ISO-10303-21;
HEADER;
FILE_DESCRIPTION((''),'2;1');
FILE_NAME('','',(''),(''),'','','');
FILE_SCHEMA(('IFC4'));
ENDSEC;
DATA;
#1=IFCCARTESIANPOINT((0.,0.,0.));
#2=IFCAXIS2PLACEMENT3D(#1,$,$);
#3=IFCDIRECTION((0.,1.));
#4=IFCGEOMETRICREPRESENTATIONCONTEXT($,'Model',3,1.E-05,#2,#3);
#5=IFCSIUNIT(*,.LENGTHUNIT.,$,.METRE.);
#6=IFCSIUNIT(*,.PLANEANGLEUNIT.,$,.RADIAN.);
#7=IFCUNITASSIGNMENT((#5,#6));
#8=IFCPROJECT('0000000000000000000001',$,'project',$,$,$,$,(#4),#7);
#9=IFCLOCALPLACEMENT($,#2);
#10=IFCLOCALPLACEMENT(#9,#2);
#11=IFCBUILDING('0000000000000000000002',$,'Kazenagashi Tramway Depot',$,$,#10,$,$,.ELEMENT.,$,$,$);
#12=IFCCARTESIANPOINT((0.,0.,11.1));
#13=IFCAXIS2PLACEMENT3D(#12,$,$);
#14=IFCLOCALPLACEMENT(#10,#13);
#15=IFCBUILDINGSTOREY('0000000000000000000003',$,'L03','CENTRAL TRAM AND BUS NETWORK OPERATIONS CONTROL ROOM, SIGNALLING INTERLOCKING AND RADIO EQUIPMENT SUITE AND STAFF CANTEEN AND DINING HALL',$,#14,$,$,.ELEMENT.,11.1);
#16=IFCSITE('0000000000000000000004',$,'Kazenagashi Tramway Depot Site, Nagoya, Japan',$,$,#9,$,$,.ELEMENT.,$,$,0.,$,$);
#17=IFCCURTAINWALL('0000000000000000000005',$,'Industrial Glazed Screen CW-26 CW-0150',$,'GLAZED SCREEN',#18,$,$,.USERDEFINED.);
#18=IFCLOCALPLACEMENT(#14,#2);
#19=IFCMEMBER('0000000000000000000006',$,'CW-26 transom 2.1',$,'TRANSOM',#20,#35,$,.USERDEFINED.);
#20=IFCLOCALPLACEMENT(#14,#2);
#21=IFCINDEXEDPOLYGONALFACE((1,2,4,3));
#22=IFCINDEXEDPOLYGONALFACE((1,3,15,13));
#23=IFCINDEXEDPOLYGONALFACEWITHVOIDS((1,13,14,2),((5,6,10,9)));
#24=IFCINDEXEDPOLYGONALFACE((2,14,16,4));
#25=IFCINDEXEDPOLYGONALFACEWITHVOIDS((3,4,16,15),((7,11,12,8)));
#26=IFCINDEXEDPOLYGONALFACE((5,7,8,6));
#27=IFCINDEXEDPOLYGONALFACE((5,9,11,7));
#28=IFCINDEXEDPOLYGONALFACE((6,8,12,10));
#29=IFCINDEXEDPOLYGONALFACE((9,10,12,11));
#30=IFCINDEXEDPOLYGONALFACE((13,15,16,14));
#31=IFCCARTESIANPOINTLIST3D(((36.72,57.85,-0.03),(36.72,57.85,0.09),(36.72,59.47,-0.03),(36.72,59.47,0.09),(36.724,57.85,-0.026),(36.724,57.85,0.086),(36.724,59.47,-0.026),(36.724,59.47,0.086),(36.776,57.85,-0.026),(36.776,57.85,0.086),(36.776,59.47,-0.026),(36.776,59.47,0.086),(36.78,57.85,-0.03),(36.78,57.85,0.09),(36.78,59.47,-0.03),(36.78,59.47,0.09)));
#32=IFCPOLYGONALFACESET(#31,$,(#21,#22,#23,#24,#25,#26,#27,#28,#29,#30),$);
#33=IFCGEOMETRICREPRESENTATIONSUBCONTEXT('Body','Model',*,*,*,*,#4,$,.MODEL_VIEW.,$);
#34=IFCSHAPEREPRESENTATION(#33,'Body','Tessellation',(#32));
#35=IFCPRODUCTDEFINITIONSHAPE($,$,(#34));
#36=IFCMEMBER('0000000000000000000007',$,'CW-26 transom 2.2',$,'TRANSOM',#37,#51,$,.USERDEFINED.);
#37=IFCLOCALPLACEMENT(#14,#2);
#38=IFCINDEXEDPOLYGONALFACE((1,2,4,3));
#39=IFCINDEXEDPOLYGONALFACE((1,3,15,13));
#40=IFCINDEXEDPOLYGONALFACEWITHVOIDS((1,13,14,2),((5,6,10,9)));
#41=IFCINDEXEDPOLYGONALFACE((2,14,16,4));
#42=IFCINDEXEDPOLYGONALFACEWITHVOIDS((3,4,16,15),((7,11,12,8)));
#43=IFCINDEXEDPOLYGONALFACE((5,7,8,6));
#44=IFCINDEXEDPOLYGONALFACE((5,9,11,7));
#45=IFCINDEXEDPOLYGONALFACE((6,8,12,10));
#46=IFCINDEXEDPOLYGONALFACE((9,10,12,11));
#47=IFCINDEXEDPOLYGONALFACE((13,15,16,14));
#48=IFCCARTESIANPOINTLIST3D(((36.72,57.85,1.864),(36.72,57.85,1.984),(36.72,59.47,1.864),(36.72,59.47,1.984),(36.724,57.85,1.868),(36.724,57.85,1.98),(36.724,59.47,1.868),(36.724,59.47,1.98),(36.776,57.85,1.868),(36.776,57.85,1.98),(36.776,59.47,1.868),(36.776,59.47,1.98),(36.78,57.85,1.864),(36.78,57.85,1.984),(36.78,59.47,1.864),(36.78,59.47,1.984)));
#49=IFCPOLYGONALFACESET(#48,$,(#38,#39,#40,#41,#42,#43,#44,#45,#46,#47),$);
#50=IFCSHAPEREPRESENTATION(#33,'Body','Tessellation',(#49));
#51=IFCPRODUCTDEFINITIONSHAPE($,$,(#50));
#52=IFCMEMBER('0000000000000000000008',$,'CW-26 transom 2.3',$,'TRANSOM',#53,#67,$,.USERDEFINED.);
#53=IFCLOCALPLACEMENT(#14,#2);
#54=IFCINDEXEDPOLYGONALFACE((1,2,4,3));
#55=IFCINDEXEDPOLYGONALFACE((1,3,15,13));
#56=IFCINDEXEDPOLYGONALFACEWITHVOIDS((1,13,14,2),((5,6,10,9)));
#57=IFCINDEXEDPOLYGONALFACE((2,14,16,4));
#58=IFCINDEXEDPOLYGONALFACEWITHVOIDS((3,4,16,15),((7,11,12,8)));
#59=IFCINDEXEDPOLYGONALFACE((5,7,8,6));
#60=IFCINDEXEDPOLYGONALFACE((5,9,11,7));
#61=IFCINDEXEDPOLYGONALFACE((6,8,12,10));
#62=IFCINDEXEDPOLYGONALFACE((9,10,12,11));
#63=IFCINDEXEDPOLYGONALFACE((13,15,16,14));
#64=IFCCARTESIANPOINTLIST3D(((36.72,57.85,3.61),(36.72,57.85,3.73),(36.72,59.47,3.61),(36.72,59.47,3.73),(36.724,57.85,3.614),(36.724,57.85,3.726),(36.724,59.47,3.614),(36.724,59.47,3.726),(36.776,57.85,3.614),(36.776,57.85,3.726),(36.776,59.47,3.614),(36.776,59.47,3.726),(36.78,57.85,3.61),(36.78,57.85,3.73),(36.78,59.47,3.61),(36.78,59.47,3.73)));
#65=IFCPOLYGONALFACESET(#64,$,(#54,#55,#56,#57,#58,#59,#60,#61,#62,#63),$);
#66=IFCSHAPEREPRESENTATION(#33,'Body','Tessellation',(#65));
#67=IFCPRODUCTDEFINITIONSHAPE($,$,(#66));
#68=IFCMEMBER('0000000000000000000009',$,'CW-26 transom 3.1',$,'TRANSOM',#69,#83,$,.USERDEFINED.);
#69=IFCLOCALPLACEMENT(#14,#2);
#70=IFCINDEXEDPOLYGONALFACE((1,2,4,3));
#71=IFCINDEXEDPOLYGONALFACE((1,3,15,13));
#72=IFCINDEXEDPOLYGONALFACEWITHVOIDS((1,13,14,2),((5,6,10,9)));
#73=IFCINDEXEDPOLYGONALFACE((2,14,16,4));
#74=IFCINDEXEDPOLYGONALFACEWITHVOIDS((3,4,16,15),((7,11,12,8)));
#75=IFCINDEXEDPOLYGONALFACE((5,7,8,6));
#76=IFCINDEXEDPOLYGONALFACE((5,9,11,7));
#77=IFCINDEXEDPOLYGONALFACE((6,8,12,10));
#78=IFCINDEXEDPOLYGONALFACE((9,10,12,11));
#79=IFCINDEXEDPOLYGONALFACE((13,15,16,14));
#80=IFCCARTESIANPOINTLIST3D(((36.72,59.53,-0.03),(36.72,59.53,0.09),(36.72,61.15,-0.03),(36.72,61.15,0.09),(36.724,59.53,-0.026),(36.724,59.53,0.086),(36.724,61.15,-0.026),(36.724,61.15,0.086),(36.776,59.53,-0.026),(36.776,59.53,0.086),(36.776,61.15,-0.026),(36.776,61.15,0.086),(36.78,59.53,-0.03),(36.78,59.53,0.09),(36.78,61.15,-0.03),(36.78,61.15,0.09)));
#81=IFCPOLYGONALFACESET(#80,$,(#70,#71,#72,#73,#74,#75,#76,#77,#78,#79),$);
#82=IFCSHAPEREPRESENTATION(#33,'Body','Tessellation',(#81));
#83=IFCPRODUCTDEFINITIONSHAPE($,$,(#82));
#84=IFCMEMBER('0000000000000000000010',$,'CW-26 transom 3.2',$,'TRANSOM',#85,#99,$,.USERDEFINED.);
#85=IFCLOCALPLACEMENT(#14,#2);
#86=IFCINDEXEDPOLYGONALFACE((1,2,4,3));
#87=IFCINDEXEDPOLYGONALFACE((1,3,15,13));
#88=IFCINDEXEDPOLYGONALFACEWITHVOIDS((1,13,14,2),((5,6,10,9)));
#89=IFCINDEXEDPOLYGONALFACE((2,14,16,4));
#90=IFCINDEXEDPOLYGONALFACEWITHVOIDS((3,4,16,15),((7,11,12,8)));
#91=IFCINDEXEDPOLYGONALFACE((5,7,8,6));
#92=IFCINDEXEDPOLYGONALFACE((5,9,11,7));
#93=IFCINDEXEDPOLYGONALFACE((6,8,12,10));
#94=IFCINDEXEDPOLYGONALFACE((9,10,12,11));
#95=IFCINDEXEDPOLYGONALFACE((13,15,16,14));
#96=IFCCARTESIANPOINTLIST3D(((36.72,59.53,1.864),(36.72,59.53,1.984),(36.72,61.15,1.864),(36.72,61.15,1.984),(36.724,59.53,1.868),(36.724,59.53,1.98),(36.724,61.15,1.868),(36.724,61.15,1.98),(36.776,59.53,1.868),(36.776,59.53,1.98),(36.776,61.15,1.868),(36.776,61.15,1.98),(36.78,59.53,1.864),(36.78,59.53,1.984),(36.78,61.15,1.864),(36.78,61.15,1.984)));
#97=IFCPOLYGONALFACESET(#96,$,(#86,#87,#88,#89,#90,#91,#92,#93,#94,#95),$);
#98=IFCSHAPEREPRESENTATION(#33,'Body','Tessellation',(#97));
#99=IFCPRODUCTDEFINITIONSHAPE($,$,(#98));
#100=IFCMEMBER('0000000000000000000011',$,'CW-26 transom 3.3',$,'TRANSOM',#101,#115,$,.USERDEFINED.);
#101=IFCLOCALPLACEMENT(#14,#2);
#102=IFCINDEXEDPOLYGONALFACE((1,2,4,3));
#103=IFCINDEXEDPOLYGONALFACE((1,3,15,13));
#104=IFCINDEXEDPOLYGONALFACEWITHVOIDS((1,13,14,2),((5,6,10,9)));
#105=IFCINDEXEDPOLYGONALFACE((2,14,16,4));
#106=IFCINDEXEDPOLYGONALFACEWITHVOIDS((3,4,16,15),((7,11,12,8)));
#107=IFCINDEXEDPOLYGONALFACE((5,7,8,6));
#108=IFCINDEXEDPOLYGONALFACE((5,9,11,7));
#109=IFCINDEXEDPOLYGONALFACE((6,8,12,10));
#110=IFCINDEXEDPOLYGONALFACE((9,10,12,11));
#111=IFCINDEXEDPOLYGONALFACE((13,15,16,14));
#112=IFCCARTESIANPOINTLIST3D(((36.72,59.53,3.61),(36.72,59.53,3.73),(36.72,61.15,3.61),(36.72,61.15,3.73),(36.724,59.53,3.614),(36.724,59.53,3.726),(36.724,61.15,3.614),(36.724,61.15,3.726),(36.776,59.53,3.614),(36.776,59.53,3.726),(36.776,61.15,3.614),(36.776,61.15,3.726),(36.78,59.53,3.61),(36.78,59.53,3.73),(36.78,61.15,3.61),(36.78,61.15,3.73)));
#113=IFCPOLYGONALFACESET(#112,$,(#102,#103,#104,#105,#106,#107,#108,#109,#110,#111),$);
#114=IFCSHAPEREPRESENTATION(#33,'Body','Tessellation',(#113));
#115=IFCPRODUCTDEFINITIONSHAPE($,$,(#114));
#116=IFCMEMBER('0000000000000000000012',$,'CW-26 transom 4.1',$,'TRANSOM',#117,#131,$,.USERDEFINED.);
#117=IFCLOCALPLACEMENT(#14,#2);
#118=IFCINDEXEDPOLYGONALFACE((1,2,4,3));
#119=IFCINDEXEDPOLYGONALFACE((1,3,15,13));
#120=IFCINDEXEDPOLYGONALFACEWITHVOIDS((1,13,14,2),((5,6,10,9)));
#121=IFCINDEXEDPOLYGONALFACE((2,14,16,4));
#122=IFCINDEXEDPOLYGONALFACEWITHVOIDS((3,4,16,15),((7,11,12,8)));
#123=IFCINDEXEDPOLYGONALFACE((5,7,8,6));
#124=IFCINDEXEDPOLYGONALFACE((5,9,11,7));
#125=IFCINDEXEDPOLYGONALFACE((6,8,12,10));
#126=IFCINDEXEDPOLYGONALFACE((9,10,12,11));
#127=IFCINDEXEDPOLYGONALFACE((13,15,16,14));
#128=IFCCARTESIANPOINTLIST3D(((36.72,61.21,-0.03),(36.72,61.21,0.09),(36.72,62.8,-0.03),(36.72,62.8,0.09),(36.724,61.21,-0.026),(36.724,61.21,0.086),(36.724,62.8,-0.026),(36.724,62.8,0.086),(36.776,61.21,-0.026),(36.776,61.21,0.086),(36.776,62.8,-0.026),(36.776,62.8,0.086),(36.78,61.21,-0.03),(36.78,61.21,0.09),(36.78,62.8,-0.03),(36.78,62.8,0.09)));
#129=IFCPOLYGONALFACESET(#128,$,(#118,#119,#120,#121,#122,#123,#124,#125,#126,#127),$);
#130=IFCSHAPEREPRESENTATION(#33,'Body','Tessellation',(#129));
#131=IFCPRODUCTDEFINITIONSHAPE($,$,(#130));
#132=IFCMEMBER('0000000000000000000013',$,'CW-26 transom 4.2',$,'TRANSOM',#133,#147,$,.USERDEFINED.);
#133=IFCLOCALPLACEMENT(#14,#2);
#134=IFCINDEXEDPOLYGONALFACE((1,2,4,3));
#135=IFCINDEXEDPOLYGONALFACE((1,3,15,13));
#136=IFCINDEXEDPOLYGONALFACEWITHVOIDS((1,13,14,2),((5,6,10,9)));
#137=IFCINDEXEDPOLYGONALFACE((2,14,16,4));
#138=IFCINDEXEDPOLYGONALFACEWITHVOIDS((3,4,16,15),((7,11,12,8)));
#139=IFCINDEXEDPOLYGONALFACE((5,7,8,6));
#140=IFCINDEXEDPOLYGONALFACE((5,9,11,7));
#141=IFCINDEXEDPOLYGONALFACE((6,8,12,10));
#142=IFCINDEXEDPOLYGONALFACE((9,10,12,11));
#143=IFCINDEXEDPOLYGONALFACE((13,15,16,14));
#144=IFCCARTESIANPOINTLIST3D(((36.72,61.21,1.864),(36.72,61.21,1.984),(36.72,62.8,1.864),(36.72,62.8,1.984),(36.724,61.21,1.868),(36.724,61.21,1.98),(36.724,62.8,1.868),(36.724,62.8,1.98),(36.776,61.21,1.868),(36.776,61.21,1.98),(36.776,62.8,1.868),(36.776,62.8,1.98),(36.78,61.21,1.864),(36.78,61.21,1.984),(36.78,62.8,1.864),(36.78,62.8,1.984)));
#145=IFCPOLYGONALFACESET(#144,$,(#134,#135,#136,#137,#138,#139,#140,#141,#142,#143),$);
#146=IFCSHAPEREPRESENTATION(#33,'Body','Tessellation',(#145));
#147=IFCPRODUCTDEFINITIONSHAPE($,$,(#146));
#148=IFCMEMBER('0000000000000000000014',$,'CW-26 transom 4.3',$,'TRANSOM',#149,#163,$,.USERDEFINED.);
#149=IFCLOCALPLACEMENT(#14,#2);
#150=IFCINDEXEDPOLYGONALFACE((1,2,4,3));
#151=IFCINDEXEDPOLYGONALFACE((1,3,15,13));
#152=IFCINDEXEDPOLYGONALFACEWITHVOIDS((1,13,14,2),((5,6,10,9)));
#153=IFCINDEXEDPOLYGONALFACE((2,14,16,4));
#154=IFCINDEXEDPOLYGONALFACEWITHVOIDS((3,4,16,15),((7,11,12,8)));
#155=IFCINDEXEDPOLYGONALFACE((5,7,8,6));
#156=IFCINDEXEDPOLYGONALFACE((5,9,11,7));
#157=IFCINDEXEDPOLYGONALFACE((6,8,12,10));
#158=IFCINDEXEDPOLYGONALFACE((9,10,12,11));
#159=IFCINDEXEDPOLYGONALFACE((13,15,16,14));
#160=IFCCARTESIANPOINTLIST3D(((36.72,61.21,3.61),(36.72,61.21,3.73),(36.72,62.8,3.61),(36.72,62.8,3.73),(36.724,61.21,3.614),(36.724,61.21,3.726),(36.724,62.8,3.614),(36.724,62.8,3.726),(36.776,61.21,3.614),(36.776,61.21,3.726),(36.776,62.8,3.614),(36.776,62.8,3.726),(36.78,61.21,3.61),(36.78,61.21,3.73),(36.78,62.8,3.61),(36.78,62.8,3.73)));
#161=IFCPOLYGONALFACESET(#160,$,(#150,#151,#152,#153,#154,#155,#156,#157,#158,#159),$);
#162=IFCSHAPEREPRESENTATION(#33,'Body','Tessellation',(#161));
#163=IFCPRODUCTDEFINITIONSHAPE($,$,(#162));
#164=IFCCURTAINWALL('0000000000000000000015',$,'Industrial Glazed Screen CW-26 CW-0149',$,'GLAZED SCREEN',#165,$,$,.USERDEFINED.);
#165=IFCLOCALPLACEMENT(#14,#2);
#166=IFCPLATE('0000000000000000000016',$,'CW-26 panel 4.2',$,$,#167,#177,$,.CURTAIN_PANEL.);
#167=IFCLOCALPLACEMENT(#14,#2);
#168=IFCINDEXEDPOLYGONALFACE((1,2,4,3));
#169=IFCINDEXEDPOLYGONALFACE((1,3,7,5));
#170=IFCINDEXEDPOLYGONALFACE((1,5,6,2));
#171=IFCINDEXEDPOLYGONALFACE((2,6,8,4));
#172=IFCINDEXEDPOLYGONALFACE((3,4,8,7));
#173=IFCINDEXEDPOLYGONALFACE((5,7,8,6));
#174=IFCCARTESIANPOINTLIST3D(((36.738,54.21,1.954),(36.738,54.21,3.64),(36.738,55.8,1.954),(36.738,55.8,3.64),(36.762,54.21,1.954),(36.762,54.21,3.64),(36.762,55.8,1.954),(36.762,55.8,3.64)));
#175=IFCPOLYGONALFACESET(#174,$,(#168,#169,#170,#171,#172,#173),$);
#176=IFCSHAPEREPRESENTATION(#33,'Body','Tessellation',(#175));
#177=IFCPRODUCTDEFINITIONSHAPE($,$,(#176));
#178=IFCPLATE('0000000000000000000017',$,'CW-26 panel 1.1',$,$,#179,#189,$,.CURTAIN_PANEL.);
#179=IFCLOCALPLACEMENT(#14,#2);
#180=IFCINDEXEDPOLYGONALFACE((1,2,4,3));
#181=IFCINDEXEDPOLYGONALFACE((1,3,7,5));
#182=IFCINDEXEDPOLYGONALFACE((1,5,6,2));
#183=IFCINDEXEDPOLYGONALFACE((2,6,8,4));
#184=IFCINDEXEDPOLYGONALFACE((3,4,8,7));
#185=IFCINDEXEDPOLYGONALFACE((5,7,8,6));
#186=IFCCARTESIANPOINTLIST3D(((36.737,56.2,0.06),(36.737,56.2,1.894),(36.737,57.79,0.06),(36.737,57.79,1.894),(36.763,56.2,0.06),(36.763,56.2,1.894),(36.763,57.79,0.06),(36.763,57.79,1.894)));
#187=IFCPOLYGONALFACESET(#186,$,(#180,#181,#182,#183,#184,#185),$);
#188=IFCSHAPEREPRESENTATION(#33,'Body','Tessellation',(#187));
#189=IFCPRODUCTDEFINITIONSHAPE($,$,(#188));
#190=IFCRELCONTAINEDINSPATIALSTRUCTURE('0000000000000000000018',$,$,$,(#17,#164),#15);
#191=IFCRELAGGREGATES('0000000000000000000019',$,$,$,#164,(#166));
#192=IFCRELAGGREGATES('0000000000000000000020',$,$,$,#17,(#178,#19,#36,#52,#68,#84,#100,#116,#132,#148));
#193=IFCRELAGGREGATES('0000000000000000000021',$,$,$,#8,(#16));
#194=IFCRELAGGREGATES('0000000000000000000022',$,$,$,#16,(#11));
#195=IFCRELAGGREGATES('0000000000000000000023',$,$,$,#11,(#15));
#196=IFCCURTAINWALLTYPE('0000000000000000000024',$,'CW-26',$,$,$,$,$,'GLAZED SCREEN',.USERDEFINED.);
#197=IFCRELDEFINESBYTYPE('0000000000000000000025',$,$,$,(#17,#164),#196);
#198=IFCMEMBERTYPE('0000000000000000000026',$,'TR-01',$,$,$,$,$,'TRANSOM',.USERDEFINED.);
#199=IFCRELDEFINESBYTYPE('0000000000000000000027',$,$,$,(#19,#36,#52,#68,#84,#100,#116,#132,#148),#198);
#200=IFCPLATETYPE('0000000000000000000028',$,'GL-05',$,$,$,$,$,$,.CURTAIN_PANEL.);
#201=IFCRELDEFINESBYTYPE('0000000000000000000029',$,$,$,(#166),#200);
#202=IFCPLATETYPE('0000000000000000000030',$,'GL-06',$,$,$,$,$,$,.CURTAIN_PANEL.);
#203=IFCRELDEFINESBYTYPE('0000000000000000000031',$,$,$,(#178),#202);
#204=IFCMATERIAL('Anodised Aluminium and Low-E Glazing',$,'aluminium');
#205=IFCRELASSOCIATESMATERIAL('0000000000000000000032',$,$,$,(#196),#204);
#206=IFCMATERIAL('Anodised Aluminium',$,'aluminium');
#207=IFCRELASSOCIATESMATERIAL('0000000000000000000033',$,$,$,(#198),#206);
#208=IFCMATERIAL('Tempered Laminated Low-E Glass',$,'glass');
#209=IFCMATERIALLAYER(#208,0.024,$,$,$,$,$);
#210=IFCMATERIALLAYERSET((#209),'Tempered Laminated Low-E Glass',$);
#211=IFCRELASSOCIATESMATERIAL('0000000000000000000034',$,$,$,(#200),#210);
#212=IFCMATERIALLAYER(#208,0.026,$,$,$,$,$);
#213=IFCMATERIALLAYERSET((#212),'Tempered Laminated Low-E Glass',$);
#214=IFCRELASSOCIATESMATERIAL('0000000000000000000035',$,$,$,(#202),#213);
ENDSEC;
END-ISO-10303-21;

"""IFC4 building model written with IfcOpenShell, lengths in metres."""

from ifc_helpers import new_model, si_unit, direction, frame, origin, origin_2d, place, context, subcontext, project, spatial, rectangle, hollow_rectangle, extrude, material, layer, layer_set, material_profile, profile_set, type_object, element, aggregate, save


model = new_model("IFC4")

# Units and contexts
model_context = context("Model", 3, precision=1e-05, world=origin(), true_north=direction((0.0, 1.0)))
body_context = subcontext(model_context, "Body", "Model", "MODEL_VIEW")
ifc_project = project(units=[si_unit("LENGTHUNIT", "METRE"), si_unit("PLANEANGLEUNIT", "RADIAN")], contexts=[model_context])

# Site, building, storey
site_placement = place(None, origin())
site = spatial("IfcSite", under=ifc_project, at=site_placement, Name="Kazenagashi Tramway Depot Site, Nagoya, Japan", CompositionType="ELEMENT", RefElevation=0.0)
building_placement = place(site_placement, origin())
building = spatial("IfcBuilding", under=site, at=building_placement, Name="Kazenagashi Tramway Depot", CompositionType="ELEMENT")
storey_placement = place(building_placement, frame((0.0, 0.0, 11.1)))
storey = spatial("IfcBuildingStorey", under=building, at=storey_placement, Name="L03", Description="CENTRAL TRAM AND BUS NETWORK OPERATIONS CONTROL ROOM, SIGNALLING INTERLOCKING AND RADIO EQUIPMENT SUITE AND STAFF CANTEEN AND DINING HALL", CompositionType="ELEMENT", Elevation=11.1)

# Curtain wall
ifc_material_1 = material(Name="Anodised Aluminium and Low-E Glazing", Category="aluminium")
curtain_wall_type = type_object("IfcCurtainWallType", Name="CW-26", ElementType="GLAZED SCREEN", PredefinedType="USERDEFINED", material=ifc_material_1)
curtain_wall_1_placement = place(storey_placement, origin())
curtain_wall_1 = element("IfcCurtainWall", 1, at=curtain_wall_1_placement, inside=storey, type_object=curtain_wall_type, Name="Industrial Glazed Screen CW-26 CW-0150", ObjectType="GLAZED SCREEN", PredefinedType="USERDEFINED")
ifc_material_2 = material(Name="Anodised Aluminium", Category="aluminium")

# Members
ifc_material_profile_1 = material_profile(ifc_material_2, hollow_rectangle(XDim=0.06, YDim=0.12, WallThickness=0.004, at=origin_2d()), Name="RHS-120x60x4")
ifc_profile_set_1 = profile_set([ifc_material_profile_1], Name="Anodised Aluminium")
member_type_1 = type_object("IfcMemberType", Name="TR-01", ElementType="TRANSOM", PredefinedType="USERDEFINED", material=ifc_profile_set_1)
member_1_placement = place(storey_placement, frame((36.75, 57.85, 0.03), z_axis=(0.0, 1.0, 0.0), x_axis=(-1.0, 0.0, 0.0)))
member_1 = element("IfcMember", 2, at=member_1_placement, type_object=member_type_1, Name="CW-26 transom 2.1", ObjectType="TRANSOM", PredefinedType="USERDEFINED", context=body_context, shape_type="SweptSolid", body=[
    extrude(hollow_rectangle(XDim=0.06, YDim=0.12, WallThickness=0.004, at=origin_2d()), origin(), (0.0, 0.0, 1.0), 1.62),
])
member_2_placement = place(storey_placement, frame((36.75, 57.85, 1.924), z_axis=(0.0, 1.0, 0.0), x_axis=(-1.0, 0.0, 0.0)))
member_2 = element("IfcMember", 3, at=member_2_placement, type_object=member_type_1, Name="CW-26 transom 2.2", ObjectType="TRANSOM", PredefinedType="USERDEFINED", context=body_context, shape_type="SweptSolid", body=[
    extrude(hollow_rectangle(XDim=0.06, YDim=0.12, WallThickness=0.004, at=origin_2d()), origin(), (0.0, 0.0, 1.0), 1.62),
])
member_3_placement = place(storey_placement, frame((36.75, 57.85, 3.67), z_axis=(0.0, 1.0, 0.0), x_axis=(-1.0, 0.0, 0.0)))
member_3 = element("IfcMember", 4, at=member_3_placement, type_object=member_type_1, Name="CW-26 transom 2.3", ObjectType="TRANSOM", PredefinedType="USERDEFINED", context=body_context, shape_type="SweptSolid", body=[
    extrude(hollow_rectangle(XDim=0.06, YDim=0.12, WallThickness=0.004, at=origin_2d()), origin(), (0.0, 0.0, 1.0), 1.62),
])
member_4_placement = place(storey_placement, frame((36.75, 59.53, 0.03), z_axis=(0.0, 1.0, 0.0), x_axis=(-1.0, 0.0, 0.0)))
member_4 = element("IfcMember", 5, at=member_4_placement, type_object=member_type_1, Name="CW-26 transom 3.1", ObjectType="TRANSOM", PredefinedType="USERDEFINED", context=body_context, shape_type="SweptSolid", body=[
    extrude(hollow_rectangle(XDim=0.06, YDim=0.12, WallThickness=0.004, at=origin_2d()), origin(), (0.0, 0.0, 1.0), 1.62),
])
member_5_placement = place(storey_placement, frame((36.75, 59.53, 1.924), z_axis=(0.0, 1.0, 0.0), x_axis=(-1.0, 0.0, 0.0)))
member_5 = element("IfcMember", 6, at=member_5_placement, type_object=member_type_1, Name="CW-26 transom 3.2", ObjectType="TRANSOM", PredefinedType="USERDEFINED", context=body_context, shape_type="SweptSolid", body=[
    extrude(hollow_rectangle(XDim=0.06, YDim=0.12, WallThickness=0.004, at=origin_2d()), origin(), (0.0, 0.0, 1.0), 1.62),
])
member_6_placement = place(storey_placement, frame((36.75, 59.53, 3.67), z_axis=(0.0, 1.0, 0.0), x_axis=(-1.0, 0.0, 0.0)))
member_6 = element("IfcMember", 7, at=member_6_placement, type_object=member_type_1, Name="CW-26 transom 3.3", ObjectType="TRANSOM", PredefinedType="USERDEFINED", context=body_context, shape_type="SweptSolid", body=[
    extrude(hollow_rectangle(XDim=0.06, YDim=0.12, WallThickness=0.004, at=origin_2d()), origin(), (0.0, 0.0, 1.0), 1.62),
])
member_7_placement = place(storey_placement, frame((36.75, 61.21, 0.03), z_axis=(0.0, 1.0, 0.0), x_axis=(-1.0, 0.0, 0.0)))
member_7 = element("IfcMember", 8, at=member_7_placement, type_object=member_type_1, Name="CW-26 transom 4.1", ObjectType="TRANSOM", PredefinedType="USERDEFINED", context=body_context, shape_type="SweptSolid", body=[
    extrude(hollow_rectangle(XDim=0.06, YDim=0.12, WallThickness=0.004, at=origin_2d()), origin(), (0.0, 0.0, 1.0), 1.59),
])
member_8_placement = place(storey_placement, frame((36.75, 61.21, 1.924), z_axis=(0.0, 1.0, 0.0), x_axis=(-1.0, 0.0, 0.0)))
member_8 = element("IfcMember", 9, at=member_8_placement, type_object=member_type_1, Name="CW-26 transom 4.2", ObjectType="TRANSOM", PredefinedType="USERDEFINED", context=body_context, shape_type="SweptSolid", body=[
    extrude(hollow_rectangle(XDim=0.06, YDim=0.12, WallThickness=0.004, at=origin_2d()), origin(), (0.0, 0.0, 1.0), 1.59),
])
member_9_placement = place(storey_placement, frame((36.75, 61.21, 3.67), z_axis=(0.0, 1.0, 0.0), x_axis=(-1.0, 0.0, 0.0)))
member_9 = element("IfcMember", 10, at=member_9_placement, type_object=member_type_1, Name="CW-26 transom 4.3", ObjectType="TRANSOM", PredefinedType="USERDEFINED", context=body_context, shape_type="SweptSolid", body=[
    extrude(hollow_rectangle(XDim=0.06, YDim=0.12, WallThickness=0.004, at=origin_2d()), origin(), (0.0, 0.0, 1.0), 1.59),
])

# Curtain wall, plate
curtain_wall_2_placement = place(storey_placement, origin())
curtain_wall_2 = element("IfcCurtainWall", 11, at=curtain_wall_2_placement, inside=storey, type_object=curtain_wall_type, Name="Industrial Glazed Screen CW-26 CW-0149", ObjectType="GLAZED SCREEN", PredefinedType="USERDEFINED")
ifc_material_3 = material(Name="Tempered Laminated Low-E Glass", Category="glass")
ifc_layer_1 = layer(ifc_material_3, 0.024)
ifc_layer_set_1 = layer_set([ifc_layer_1], Name="Tempered Laminated Low-E Glass")
plate_type_1 = type_object("IfcPlateType", Name="GL-05", PredefinedType="CURTAIN_PANEL", material=ifc_layer_set_1)
plate_1_placement = place(storey_placement, frame((36.75, 55.005, 1.954), z_axis=(0.0, 0.0, 1.0), x_axis=(0.0, 1.0, 0.0)))
plate_1 = element("IfcPlate", 12, at=plate_1_placement, type_object=plate_type_1, Name="CW-26 panel 4.2", PredefinedType="CURTAIN_PANEL", context=body_context, shape_type="SweptSolid", body=[
    extrude(rectangle(XDim=1.59, YDim=0.024, at=origin_2d()), origin(), (0.0, 0.0, 1.0), 1.686),
])
aggregate(curtain_wall_2, [plate_1])

# Plate
ifc_layer_2 = layer(ifc_material_3, 0.026)
ifc_layer_set_2 = layer_set([ifc_layer_2], Name="Tempered Laminated Low-E Glass")
plate_type_2 = type_object("IfcPlateType", Name="GL-06", PredefinedType="CURTAIN_PANEL", material=ifc_layer_set_2)
plate_2_placement = place(storey_placement, frame((36.75, 56.995, 0.06), z_axis=(0.0, 0.0, 1.0), x_axis=(0.0, 1.0, 0.0)))
plate_2 = element("IfcPlate", 13, at=plate_2_placement, type_object=plate_type_2, Name="CW-26 panel 1.1", PredefinedType="CURTAIN_PANEL", context=body_context, shape_type="SweptSolid", body=[
    extrude(rectangle(XDim=1.59, YDim=0.026, at=origin_2d()), origin(), (0.0, 0.0, 1.0), 1.834),
])
aggregate(curtain_wall_1, [plate_2, member_1, member_2, member_3, member_4, member_5, member_6, member_7, member_8, member_9])

save(model, "model.ifc")
